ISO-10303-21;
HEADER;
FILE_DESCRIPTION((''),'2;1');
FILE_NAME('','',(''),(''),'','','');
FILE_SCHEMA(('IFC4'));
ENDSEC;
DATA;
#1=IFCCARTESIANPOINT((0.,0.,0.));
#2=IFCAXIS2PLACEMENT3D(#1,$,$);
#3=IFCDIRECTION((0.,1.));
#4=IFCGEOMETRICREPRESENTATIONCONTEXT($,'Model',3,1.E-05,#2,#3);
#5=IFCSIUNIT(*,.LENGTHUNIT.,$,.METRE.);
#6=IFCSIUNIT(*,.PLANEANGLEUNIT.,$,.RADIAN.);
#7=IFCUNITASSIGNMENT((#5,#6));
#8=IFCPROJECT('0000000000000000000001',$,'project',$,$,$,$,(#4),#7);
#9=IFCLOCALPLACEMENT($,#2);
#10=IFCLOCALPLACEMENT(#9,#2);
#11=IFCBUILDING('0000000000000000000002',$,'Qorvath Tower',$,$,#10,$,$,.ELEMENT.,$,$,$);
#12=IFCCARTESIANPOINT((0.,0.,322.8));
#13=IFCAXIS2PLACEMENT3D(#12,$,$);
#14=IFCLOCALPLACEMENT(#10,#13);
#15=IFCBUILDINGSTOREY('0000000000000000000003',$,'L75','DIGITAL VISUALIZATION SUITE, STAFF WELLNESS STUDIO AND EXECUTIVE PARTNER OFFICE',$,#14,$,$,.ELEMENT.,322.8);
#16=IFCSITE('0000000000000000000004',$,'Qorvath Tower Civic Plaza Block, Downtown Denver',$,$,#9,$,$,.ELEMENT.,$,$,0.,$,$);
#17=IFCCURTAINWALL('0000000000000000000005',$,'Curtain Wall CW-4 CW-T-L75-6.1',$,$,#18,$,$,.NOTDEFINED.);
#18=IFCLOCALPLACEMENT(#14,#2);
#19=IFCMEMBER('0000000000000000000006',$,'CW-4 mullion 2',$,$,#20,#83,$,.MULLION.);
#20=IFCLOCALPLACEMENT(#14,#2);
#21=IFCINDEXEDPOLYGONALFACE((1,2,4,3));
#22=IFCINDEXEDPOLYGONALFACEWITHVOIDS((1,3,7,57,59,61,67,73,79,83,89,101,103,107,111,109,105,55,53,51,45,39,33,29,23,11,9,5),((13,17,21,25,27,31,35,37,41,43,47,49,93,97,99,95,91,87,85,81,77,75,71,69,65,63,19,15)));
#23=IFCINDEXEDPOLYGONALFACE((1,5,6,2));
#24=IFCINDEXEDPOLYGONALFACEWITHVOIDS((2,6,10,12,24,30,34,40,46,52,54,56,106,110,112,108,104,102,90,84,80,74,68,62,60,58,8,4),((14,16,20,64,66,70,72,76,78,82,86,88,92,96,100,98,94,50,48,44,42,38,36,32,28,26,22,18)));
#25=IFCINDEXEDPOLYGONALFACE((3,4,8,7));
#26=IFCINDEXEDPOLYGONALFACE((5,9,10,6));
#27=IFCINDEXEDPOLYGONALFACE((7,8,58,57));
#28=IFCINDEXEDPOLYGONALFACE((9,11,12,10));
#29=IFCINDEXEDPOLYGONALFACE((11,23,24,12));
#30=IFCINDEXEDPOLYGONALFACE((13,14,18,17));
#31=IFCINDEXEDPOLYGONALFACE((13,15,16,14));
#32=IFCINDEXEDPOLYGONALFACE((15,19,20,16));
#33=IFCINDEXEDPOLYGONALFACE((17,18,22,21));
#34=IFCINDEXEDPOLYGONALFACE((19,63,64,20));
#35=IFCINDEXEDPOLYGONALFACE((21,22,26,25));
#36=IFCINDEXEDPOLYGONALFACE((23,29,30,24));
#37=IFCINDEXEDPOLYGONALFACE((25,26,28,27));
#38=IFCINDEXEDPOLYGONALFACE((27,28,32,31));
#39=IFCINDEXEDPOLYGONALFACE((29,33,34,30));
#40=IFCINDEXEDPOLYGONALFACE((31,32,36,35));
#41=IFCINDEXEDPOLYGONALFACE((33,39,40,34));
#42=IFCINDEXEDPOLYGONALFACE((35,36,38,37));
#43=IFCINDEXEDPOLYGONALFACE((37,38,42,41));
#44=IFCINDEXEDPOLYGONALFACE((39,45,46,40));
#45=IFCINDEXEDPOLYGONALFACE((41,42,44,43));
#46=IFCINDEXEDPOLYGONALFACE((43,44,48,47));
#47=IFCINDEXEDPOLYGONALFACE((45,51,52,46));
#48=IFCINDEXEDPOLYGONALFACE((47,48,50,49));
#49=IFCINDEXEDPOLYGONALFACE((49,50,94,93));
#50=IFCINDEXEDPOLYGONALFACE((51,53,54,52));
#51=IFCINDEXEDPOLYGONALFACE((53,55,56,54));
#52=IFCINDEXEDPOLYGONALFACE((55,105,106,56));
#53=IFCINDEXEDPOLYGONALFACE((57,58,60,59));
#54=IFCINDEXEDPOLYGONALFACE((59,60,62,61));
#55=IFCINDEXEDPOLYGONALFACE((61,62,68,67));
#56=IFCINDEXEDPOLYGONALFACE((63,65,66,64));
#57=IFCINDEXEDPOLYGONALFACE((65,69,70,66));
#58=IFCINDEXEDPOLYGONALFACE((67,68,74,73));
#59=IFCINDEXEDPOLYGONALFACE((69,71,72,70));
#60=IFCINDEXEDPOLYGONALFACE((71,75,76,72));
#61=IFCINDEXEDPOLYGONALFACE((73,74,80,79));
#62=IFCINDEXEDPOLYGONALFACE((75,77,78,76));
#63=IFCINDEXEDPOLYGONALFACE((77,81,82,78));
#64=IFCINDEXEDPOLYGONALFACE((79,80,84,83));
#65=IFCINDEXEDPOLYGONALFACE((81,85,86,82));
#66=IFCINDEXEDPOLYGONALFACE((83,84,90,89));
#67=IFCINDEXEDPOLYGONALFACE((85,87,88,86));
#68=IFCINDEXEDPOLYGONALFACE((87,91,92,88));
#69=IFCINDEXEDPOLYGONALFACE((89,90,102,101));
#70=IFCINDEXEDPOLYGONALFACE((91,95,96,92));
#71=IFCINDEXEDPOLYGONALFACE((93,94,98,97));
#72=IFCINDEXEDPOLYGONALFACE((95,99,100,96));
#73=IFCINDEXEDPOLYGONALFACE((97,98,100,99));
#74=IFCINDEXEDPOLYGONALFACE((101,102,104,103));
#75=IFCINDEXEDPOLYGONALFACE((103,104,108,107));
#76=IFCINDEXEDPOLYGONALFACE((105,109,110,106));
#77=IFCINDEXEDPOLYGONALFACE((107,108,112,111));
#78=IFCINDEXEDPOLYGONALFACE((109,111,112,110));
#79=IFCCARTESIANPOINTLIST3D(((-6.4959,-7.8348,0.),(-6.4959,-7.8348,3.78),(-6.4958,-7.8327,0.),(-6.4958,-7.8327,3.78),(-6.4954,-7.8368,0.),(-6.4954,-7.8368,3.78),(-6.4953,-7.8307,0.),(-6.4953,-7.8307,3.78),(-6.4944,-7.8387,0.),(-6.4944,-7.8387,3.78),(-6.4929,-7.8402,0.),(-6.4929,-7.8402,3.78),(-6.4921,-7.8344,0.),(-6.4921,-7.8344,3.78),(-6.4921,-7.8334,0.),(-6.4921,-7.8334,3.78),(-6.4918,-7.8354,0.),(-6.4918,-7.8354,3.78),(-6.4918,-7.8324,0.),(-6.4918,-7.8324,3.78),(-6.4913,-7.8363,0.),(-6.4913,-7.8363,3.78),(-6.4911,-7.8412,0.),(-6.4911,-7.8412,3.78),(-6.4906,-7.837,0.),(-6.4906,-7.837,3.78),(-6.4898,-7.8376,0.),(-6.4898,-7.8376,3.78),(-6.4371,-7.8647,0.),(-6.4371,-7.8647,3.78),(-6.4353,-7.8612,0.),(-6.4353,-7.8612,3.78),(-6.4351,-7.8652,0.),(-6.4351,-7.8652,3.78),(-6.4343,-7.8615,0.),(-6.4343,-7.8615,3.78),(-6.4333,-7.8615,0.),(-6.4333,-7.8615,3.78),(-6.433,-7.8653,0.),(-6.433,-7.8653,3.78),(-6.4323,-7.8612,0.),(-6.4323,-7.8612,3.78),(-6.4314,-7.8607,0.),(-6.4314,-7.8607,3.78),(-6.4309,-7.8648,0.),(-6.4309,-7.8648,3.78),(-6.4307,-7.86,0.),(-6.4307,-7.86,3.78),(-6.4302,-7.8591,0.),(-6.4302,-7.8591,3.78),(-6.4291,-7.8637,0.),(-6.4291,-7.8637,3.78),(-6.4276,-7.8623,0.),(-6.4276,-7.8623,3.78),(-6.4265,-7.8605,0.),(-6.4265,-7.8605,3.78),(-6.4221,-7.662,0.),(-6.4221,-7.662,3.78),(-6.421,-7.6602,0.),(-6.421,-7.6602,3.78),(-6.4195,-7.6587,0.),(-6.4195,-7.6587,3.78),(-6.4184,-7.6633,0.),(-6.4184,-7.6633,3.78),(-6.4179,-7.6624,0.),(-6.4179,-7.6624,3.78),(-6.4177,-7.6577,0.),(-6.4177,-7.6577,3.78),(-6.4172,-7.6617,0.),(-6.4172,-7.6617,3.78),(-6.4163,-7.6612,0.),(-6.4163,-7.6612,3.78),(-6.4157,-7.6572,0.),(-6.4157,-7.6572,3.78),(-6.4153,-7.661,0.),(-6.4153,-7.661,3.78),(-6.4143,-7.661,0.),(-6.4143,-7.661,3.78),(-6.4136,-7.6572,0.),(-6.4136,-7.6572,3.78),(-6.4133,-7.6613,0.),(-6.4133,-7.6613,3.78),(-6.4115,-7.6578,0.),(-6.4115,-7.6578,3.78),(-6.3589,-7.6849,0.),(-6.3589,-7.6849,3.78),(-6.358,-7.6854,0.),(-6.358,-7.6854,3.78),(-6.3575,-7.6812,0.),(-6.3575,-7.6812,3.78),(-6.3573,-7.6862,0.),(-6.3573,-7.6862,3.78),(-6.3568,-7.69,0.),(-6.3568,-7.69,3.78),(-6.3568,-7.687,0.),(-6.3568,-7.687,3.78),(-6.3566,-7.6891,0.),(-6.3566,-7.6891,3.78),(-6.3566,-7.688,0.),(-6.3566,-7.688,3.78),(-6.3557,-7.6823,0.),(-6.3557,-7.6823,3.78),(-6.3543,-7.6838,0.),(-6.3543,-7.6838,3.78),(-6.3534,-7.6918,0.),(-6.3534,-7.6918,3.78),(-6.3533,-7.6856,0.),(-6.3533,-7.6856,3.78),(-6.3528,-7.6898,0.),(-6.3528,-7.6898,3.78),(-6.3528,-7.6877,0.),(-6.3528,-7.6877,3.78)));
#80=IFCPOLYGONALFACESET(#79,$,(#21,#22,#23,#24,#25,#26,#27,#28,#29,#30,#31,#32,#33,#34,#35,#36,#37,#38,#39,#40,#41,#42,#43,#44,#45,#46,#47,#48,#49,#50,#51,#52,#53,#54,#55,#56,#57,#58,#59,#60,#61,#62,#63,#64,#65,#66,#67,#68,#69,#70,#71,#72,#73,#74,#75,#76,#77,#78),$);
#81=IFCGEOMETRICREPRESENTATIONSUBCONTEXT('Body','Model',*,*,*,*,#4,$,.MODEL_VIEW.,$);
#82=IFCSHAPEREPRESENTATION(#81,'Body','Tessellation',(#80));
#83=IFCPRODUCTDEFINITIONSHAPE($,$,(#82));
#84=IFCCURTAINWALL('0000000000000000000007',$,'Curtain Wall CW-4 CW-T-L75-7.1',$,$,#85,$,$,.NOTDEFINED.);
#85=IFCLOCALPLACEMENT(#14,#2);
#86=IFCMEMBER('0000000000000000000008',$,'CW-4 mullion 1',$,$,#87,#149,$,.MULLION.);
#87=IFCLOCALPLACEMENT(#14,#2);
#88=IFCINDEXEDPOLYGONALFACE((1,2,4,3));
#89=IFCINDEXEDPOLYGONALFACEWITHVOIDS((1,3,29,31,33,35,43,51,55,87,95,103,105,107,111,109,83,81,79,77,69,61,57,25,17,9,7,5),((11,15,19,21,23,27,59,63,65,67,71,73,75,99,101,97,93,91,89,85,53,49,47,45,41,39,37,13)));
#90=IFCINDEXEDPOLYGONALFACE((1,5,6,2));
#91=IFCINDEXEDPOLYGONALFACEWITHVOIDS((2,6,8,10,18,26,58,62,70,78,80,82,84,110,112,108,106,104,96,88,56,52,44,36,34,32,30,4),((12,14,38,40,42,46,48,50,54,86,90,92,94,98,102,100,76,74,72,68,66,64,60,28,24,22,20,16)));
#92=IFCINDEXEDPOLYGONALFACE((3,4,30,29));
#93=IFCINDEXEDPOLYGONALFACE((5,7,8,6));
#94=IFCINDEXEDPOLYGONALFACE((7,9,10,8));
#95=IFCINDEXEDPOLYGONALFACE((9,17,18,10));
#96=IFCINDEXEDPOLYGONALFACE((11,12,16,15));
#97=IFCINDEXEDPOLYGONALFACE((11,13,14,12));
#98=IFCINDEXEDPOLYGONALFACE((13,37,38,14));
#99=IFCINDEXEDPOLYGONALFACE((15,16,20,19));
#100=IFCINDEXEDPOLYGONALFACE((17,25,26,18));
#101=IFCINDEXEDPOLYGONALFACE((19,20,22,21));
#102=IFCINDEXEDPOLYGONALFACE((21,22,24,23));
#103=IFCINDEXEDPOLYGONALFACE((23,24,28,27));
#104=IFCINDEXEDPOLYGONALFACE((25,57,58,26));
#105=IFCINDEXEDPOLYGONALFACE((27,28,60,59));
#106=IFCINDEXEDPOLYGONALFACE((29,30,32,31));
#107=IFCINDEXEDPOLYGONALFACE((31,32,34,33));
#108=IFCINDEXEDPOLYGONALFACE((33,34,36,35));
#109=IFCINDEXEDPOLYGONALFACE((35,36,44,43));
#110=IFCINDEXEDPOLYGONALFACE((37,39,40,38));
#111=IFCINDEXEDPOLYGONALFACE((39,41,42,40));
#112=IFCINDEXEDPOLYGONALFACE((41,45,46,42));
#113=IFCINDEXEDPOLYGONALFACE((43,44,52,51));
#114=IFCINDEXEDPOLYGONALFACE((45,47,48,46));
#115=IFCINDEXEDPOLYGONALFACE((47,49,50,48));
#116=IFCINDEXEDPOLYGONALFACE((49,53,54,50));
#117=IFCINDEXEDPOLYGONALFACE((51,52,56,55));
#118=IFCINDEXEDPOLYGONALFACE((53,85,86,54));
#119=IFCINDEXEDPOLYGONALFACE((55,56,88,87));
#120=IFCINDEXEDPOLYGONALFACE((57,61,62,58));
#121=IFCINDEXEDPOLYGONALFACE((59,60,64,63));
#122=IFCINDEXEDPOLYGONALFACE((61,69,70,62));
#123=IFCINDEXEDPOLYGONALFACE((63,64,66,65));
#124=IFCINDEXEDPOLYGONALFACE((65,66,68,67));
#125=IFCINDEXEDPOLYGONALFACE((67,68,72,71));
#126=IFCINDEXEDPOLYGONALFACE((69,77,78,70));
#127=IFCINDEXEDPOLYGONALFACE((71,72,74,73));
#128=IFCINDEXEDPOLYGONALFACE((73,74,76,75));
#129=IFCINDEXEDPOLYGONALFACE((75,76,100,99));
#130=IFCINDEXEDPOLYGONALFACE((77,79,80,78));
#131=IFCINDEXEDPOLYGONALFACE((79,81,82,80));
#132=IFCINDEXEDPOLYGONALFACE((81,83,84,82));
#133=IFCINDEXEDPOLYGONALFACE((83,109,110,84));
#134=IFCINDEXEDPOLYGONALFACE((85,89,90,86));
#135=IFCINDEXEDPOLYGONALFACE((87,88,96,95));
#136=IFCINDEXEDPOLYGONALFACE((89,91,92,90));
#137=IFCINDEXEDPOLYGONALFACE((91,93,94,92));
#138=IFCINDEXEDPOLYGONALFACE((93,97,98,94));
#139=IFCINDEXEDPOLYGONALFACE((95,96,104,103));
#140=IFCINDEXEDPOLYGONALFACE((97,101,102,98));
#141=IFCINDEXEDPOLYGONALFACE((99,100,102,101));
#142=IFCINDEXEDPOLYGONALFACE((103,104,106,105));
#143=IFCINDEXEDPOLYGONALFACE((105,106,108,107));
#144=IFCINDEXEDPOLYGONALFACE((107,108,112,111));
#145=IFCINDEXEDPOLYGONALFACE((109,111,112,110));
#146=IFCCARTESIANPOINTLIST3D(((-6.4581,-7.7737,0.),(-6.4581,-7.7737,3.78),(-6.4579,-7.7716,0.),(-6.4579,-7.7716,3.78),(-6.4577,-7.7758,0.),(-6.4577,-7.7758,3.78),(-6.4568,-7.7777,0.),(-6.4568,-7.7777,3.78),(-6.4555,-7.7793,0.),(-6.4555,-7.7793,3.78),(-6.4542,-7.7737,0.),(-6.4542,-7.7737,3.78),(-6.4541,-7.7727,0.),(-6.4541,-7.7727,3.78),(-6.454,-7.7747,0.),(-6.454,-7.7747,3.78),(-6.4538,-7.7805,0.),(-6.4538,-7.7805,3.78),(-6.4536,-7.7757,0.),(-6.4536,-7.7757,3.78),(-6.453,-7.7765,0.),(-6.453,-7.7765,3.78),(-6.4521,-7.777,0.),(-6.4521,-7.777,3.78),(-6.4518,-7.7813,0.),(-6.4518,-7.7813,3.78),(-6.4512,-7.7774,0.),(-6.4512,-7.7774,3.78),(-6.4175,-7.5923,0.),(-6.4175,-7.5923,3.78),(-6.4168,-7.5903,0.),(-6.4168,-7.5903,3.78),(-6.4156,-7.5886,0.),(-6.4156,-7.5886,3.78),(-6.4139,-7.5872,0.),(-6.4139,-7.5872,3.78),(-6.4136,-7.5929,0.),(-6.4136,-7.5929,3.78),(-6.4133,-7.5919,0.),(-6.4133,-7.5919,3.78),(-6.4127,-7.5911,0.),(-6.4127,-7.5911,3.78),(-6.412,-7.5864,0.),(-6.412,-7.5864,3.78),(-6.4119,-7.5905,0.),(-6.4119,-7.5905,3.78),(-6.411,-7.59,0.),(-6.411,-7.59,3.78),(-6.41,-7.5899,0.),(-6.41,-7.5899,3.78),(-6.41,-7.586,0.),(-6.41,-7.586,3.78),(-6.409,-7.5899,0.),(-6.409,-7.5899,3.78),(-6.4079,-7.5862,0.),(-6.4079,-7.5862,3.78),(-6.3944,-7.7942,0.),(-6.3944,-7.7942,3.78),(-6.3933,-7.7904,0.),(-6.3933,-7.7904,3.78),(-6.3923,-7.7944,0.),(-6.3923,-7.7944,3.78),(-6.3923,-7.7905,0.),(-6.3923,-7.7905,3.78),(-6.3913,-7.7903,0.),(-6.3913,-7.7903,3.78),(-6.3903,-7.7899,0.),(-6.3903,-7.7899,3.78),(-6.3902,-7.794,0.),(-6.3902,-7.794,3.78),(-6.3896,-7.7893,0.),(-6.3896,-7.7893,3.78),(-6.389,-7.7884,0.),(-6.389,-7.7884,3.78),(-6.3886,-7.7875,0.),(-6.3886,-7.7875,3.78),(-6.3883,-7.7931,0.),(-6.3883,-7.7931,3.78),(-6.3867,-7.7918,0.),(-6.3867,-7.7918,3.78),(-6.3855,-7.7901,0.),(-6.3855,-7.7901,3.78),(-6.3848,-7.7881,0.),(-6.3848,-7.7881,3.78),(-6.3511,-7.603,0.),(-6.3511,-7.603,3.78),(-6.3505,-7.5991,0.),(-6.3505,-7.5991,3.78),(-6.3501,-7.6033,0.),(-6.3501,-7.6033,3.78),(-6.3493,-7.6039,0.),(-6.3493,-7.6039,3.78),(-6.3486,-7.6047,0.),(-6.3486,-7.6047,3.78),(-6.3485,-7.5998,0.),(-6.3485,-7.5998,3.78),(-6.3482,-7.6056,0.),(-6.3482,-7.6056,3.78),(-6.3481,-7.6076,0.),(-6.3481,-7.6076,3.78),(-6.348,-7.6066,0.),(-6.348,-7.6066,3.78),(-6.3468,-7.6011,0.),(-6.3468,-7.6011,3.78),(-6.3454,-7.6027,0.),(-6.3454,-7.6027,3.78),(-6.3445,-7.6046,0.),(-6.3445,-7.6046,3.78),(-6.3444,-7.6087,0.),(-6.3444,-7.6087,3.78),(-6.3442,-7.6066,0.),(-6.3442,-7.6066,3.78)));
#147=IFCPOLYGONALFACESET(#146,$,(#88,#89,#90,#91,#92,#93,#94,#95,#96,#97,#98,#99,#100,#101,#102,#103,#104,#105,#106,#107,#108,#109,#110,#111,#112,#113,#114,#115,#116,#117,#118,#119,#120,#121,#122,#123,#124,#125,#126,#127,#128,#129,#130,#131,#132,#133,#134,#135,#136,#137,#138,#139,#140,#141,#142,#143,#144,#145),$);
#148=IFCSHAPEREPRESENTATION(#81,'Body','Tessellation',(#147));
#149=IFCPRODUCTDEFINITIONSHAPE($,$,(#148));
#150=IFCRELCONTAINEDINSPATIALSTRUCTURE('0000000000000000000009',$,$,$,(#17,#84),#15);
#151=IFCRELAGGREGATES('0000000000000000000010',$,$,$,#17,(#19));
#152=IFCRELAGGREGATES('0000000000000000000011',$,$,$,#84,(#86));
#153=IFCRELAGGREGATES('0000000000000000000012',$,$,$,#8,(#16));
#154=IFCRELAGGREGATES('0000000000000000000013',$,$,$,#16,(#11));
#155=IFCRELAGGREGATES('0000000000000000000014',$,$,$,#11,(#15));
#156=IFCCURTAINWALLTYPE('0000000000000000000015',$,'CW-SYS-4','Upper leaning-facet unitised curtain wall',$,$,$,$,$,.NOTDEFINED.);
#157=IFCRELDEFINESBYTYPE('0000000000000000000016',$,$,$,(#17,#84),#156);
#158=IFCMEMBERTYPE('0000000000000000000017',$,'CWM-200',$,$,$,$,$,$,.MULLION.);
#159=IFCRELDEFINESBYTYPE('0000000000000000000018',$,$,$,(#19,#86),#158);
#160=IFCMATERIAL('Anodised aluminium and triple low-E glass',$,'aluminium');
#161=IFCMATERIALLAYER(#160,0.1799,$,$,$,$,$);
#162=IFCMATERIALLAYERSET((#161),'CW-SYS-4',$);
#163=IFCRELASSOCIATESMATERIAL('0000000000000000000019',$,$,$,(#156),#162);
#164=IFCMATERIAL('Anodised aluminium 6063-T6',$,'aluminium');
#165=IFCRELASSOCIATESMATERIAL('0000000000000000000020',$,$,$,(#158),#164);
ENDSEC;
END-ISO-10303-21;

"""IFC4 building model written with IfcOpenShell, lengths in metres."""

from ifc_helpers import new_model, si_unit, direction, frame, origin, origin_2d, place, context, subcontext, project, spatial, hollow_rectangle, extrude, material, layer, layer_set, material_profile, profile_set, type_object, element, aggregate, save


model = new_model("IFC4")

# Units and contexts
model_context = context("Model", 3, precision=1e-05, world=origin(), true_north=direction((0.0, 1.0)))
body_context = subcontext(model_context, "Body", "Model", "MODEL_VIEW")
ifc_project = project(units=[si_unit("LENGTHUNIT", "METRE"), si_unit("PLANEANGLEUNIT", "RADIAN")], contexts=[model_context])

# Site, building, storey
site_placement = place(None, origin())
site = spatial("IfcSite", under=ifc_project, at=site_placement, Name="Qorvath Tower Civic Plaza Block, Downtown Denver", CompositionType="ELEMENT", RefElevation=0.0)
building_placement = place(site_placement, origin())
building = spatial("IfcBuilding", under=site, at=building_placement, Name="Qorvath Tower", CompositionType="ELEMENT")
storey_placement = place(building_placement, frame((0.0, 0.0, 322.8)))
storey = spatial("IfcBuildingStorey", under=building, at=storey_placement, Name="L75", Description="DIGITAL VISUALIZATION SUITE, STAFF WELLNESS STUDIO AND EXECUTIVE PARTNER OFFICE", CompositionType="ELEMENT", Elevation=322.8)

# Curtain wall, member
ifc_material_1 = material(Name="Anodised aluminium and triple low-E glass", Category="aluminium")
ifc_layer_1 = layer(ifc_material_1, 0.1799)
ifc_layer_set_1 = layer_set([ifc_layer_1], Name="CW-SYS-4")
curtain_wall_type = type_object("IfcCurtainWallType", Name="CW-SYS-4", Description="Upper leaning-facet unitised curtain wall", PredefinedType="NOTDEFINED", material=ifc_layer_set_1)
curtain_wall_1_placement = place(storey_placement, origin())
curtain_wall_1 = element("IfcCurtainWall", 1, at=curtain_wall_1_placement, inside=storey, type_object=curtain_wall_type, Name="Curtain Wall CW-4 CW-T-L75-6.1", PredefinedType="NOTDEFINED")
ifc_material_2 = material(Name="Anodised aluminium 6063-T6", Category="aluminium")
ifc_material_profile_1 = material_profile(ifc_material_2, hollow_rectangle(XDim=0.075, YDim=0.2, WallThickness=0.0039, InnerFilletRadius=0.0039, OuterFilletRadius=0.0081, at=origin_2d()), Name="CWM 200x75")
ifc_profile_set_1 = profile_set([ifc_material_profile_1], Name="Anodised aluminium 6063-T6")
member_type_1 = type_object("IfcMemberType", Name="CWM-200", PredefinedType="MULLION", material=ifc_profile_set_1)
member_1_placement = place(storey_placement, frame((-6.4243, -7.7612, 0.0), z_axis=(0.0, 0.0, 1.0), x_axis=(-0.91744, 0.397874, 0.0)))
member_1 = element("IfcMember", 2, at=member_1_placement, type_object=member_type_1, Name="CW-4 mullion 2", PredefinedType="MULLION", context=body_context, shape_type="SweptSolid", body=[
    extrude(hollow_rectangle(XDim=0.075, YDim=0.2, WallThickness=0.0039, InnerFilletRadius=0.0039, OuterFilletRadius=0.0081, at=origin_2d()), origin(), (0.0, 0.0, 1.0), 3.78),
])

# Curtain wall, member
curtain_wall_2_placement = place(storey_placement, origin())
curtain_wall_2 = element("IfcCurtainWall", 3, at=curtain_wall_2_placement, inside=storey, type_object=curtain_wall_type, Name="Curtain Wall CW-4 CW-T-L75-7.1", PredefinedType="NOTDEFINED")
member_2_placement = place(storey_placement, frame((-6.4011, -7.6902, 0.0), z_axis=(0.0, 0.0, 1.0), x_axis=(-0.975582, 0.219634, 0.0)))
member_2 = element("IfcMember", 4, at=member_2_placement, type_object=member_type_1, Name="CW-4 mullion 1", PredefinedType="MULLION", context=body_context, shape_type="SweptSolid", body=[
    extrude(hollow_rectangle(XDim=0.075, YDim=0.2, WallThickness=0.0039, InnerFilletRadius=0.0039, OuterFilletRadius=0.0081, at=origin_2d()), origin(), (0.0, 0.0, 1.0), 3.78),
])

aggregate(curtain_wall_1, [member_1])
aggregate(curtain_wall_2, [member_2])

save(model, "model.ifc")
